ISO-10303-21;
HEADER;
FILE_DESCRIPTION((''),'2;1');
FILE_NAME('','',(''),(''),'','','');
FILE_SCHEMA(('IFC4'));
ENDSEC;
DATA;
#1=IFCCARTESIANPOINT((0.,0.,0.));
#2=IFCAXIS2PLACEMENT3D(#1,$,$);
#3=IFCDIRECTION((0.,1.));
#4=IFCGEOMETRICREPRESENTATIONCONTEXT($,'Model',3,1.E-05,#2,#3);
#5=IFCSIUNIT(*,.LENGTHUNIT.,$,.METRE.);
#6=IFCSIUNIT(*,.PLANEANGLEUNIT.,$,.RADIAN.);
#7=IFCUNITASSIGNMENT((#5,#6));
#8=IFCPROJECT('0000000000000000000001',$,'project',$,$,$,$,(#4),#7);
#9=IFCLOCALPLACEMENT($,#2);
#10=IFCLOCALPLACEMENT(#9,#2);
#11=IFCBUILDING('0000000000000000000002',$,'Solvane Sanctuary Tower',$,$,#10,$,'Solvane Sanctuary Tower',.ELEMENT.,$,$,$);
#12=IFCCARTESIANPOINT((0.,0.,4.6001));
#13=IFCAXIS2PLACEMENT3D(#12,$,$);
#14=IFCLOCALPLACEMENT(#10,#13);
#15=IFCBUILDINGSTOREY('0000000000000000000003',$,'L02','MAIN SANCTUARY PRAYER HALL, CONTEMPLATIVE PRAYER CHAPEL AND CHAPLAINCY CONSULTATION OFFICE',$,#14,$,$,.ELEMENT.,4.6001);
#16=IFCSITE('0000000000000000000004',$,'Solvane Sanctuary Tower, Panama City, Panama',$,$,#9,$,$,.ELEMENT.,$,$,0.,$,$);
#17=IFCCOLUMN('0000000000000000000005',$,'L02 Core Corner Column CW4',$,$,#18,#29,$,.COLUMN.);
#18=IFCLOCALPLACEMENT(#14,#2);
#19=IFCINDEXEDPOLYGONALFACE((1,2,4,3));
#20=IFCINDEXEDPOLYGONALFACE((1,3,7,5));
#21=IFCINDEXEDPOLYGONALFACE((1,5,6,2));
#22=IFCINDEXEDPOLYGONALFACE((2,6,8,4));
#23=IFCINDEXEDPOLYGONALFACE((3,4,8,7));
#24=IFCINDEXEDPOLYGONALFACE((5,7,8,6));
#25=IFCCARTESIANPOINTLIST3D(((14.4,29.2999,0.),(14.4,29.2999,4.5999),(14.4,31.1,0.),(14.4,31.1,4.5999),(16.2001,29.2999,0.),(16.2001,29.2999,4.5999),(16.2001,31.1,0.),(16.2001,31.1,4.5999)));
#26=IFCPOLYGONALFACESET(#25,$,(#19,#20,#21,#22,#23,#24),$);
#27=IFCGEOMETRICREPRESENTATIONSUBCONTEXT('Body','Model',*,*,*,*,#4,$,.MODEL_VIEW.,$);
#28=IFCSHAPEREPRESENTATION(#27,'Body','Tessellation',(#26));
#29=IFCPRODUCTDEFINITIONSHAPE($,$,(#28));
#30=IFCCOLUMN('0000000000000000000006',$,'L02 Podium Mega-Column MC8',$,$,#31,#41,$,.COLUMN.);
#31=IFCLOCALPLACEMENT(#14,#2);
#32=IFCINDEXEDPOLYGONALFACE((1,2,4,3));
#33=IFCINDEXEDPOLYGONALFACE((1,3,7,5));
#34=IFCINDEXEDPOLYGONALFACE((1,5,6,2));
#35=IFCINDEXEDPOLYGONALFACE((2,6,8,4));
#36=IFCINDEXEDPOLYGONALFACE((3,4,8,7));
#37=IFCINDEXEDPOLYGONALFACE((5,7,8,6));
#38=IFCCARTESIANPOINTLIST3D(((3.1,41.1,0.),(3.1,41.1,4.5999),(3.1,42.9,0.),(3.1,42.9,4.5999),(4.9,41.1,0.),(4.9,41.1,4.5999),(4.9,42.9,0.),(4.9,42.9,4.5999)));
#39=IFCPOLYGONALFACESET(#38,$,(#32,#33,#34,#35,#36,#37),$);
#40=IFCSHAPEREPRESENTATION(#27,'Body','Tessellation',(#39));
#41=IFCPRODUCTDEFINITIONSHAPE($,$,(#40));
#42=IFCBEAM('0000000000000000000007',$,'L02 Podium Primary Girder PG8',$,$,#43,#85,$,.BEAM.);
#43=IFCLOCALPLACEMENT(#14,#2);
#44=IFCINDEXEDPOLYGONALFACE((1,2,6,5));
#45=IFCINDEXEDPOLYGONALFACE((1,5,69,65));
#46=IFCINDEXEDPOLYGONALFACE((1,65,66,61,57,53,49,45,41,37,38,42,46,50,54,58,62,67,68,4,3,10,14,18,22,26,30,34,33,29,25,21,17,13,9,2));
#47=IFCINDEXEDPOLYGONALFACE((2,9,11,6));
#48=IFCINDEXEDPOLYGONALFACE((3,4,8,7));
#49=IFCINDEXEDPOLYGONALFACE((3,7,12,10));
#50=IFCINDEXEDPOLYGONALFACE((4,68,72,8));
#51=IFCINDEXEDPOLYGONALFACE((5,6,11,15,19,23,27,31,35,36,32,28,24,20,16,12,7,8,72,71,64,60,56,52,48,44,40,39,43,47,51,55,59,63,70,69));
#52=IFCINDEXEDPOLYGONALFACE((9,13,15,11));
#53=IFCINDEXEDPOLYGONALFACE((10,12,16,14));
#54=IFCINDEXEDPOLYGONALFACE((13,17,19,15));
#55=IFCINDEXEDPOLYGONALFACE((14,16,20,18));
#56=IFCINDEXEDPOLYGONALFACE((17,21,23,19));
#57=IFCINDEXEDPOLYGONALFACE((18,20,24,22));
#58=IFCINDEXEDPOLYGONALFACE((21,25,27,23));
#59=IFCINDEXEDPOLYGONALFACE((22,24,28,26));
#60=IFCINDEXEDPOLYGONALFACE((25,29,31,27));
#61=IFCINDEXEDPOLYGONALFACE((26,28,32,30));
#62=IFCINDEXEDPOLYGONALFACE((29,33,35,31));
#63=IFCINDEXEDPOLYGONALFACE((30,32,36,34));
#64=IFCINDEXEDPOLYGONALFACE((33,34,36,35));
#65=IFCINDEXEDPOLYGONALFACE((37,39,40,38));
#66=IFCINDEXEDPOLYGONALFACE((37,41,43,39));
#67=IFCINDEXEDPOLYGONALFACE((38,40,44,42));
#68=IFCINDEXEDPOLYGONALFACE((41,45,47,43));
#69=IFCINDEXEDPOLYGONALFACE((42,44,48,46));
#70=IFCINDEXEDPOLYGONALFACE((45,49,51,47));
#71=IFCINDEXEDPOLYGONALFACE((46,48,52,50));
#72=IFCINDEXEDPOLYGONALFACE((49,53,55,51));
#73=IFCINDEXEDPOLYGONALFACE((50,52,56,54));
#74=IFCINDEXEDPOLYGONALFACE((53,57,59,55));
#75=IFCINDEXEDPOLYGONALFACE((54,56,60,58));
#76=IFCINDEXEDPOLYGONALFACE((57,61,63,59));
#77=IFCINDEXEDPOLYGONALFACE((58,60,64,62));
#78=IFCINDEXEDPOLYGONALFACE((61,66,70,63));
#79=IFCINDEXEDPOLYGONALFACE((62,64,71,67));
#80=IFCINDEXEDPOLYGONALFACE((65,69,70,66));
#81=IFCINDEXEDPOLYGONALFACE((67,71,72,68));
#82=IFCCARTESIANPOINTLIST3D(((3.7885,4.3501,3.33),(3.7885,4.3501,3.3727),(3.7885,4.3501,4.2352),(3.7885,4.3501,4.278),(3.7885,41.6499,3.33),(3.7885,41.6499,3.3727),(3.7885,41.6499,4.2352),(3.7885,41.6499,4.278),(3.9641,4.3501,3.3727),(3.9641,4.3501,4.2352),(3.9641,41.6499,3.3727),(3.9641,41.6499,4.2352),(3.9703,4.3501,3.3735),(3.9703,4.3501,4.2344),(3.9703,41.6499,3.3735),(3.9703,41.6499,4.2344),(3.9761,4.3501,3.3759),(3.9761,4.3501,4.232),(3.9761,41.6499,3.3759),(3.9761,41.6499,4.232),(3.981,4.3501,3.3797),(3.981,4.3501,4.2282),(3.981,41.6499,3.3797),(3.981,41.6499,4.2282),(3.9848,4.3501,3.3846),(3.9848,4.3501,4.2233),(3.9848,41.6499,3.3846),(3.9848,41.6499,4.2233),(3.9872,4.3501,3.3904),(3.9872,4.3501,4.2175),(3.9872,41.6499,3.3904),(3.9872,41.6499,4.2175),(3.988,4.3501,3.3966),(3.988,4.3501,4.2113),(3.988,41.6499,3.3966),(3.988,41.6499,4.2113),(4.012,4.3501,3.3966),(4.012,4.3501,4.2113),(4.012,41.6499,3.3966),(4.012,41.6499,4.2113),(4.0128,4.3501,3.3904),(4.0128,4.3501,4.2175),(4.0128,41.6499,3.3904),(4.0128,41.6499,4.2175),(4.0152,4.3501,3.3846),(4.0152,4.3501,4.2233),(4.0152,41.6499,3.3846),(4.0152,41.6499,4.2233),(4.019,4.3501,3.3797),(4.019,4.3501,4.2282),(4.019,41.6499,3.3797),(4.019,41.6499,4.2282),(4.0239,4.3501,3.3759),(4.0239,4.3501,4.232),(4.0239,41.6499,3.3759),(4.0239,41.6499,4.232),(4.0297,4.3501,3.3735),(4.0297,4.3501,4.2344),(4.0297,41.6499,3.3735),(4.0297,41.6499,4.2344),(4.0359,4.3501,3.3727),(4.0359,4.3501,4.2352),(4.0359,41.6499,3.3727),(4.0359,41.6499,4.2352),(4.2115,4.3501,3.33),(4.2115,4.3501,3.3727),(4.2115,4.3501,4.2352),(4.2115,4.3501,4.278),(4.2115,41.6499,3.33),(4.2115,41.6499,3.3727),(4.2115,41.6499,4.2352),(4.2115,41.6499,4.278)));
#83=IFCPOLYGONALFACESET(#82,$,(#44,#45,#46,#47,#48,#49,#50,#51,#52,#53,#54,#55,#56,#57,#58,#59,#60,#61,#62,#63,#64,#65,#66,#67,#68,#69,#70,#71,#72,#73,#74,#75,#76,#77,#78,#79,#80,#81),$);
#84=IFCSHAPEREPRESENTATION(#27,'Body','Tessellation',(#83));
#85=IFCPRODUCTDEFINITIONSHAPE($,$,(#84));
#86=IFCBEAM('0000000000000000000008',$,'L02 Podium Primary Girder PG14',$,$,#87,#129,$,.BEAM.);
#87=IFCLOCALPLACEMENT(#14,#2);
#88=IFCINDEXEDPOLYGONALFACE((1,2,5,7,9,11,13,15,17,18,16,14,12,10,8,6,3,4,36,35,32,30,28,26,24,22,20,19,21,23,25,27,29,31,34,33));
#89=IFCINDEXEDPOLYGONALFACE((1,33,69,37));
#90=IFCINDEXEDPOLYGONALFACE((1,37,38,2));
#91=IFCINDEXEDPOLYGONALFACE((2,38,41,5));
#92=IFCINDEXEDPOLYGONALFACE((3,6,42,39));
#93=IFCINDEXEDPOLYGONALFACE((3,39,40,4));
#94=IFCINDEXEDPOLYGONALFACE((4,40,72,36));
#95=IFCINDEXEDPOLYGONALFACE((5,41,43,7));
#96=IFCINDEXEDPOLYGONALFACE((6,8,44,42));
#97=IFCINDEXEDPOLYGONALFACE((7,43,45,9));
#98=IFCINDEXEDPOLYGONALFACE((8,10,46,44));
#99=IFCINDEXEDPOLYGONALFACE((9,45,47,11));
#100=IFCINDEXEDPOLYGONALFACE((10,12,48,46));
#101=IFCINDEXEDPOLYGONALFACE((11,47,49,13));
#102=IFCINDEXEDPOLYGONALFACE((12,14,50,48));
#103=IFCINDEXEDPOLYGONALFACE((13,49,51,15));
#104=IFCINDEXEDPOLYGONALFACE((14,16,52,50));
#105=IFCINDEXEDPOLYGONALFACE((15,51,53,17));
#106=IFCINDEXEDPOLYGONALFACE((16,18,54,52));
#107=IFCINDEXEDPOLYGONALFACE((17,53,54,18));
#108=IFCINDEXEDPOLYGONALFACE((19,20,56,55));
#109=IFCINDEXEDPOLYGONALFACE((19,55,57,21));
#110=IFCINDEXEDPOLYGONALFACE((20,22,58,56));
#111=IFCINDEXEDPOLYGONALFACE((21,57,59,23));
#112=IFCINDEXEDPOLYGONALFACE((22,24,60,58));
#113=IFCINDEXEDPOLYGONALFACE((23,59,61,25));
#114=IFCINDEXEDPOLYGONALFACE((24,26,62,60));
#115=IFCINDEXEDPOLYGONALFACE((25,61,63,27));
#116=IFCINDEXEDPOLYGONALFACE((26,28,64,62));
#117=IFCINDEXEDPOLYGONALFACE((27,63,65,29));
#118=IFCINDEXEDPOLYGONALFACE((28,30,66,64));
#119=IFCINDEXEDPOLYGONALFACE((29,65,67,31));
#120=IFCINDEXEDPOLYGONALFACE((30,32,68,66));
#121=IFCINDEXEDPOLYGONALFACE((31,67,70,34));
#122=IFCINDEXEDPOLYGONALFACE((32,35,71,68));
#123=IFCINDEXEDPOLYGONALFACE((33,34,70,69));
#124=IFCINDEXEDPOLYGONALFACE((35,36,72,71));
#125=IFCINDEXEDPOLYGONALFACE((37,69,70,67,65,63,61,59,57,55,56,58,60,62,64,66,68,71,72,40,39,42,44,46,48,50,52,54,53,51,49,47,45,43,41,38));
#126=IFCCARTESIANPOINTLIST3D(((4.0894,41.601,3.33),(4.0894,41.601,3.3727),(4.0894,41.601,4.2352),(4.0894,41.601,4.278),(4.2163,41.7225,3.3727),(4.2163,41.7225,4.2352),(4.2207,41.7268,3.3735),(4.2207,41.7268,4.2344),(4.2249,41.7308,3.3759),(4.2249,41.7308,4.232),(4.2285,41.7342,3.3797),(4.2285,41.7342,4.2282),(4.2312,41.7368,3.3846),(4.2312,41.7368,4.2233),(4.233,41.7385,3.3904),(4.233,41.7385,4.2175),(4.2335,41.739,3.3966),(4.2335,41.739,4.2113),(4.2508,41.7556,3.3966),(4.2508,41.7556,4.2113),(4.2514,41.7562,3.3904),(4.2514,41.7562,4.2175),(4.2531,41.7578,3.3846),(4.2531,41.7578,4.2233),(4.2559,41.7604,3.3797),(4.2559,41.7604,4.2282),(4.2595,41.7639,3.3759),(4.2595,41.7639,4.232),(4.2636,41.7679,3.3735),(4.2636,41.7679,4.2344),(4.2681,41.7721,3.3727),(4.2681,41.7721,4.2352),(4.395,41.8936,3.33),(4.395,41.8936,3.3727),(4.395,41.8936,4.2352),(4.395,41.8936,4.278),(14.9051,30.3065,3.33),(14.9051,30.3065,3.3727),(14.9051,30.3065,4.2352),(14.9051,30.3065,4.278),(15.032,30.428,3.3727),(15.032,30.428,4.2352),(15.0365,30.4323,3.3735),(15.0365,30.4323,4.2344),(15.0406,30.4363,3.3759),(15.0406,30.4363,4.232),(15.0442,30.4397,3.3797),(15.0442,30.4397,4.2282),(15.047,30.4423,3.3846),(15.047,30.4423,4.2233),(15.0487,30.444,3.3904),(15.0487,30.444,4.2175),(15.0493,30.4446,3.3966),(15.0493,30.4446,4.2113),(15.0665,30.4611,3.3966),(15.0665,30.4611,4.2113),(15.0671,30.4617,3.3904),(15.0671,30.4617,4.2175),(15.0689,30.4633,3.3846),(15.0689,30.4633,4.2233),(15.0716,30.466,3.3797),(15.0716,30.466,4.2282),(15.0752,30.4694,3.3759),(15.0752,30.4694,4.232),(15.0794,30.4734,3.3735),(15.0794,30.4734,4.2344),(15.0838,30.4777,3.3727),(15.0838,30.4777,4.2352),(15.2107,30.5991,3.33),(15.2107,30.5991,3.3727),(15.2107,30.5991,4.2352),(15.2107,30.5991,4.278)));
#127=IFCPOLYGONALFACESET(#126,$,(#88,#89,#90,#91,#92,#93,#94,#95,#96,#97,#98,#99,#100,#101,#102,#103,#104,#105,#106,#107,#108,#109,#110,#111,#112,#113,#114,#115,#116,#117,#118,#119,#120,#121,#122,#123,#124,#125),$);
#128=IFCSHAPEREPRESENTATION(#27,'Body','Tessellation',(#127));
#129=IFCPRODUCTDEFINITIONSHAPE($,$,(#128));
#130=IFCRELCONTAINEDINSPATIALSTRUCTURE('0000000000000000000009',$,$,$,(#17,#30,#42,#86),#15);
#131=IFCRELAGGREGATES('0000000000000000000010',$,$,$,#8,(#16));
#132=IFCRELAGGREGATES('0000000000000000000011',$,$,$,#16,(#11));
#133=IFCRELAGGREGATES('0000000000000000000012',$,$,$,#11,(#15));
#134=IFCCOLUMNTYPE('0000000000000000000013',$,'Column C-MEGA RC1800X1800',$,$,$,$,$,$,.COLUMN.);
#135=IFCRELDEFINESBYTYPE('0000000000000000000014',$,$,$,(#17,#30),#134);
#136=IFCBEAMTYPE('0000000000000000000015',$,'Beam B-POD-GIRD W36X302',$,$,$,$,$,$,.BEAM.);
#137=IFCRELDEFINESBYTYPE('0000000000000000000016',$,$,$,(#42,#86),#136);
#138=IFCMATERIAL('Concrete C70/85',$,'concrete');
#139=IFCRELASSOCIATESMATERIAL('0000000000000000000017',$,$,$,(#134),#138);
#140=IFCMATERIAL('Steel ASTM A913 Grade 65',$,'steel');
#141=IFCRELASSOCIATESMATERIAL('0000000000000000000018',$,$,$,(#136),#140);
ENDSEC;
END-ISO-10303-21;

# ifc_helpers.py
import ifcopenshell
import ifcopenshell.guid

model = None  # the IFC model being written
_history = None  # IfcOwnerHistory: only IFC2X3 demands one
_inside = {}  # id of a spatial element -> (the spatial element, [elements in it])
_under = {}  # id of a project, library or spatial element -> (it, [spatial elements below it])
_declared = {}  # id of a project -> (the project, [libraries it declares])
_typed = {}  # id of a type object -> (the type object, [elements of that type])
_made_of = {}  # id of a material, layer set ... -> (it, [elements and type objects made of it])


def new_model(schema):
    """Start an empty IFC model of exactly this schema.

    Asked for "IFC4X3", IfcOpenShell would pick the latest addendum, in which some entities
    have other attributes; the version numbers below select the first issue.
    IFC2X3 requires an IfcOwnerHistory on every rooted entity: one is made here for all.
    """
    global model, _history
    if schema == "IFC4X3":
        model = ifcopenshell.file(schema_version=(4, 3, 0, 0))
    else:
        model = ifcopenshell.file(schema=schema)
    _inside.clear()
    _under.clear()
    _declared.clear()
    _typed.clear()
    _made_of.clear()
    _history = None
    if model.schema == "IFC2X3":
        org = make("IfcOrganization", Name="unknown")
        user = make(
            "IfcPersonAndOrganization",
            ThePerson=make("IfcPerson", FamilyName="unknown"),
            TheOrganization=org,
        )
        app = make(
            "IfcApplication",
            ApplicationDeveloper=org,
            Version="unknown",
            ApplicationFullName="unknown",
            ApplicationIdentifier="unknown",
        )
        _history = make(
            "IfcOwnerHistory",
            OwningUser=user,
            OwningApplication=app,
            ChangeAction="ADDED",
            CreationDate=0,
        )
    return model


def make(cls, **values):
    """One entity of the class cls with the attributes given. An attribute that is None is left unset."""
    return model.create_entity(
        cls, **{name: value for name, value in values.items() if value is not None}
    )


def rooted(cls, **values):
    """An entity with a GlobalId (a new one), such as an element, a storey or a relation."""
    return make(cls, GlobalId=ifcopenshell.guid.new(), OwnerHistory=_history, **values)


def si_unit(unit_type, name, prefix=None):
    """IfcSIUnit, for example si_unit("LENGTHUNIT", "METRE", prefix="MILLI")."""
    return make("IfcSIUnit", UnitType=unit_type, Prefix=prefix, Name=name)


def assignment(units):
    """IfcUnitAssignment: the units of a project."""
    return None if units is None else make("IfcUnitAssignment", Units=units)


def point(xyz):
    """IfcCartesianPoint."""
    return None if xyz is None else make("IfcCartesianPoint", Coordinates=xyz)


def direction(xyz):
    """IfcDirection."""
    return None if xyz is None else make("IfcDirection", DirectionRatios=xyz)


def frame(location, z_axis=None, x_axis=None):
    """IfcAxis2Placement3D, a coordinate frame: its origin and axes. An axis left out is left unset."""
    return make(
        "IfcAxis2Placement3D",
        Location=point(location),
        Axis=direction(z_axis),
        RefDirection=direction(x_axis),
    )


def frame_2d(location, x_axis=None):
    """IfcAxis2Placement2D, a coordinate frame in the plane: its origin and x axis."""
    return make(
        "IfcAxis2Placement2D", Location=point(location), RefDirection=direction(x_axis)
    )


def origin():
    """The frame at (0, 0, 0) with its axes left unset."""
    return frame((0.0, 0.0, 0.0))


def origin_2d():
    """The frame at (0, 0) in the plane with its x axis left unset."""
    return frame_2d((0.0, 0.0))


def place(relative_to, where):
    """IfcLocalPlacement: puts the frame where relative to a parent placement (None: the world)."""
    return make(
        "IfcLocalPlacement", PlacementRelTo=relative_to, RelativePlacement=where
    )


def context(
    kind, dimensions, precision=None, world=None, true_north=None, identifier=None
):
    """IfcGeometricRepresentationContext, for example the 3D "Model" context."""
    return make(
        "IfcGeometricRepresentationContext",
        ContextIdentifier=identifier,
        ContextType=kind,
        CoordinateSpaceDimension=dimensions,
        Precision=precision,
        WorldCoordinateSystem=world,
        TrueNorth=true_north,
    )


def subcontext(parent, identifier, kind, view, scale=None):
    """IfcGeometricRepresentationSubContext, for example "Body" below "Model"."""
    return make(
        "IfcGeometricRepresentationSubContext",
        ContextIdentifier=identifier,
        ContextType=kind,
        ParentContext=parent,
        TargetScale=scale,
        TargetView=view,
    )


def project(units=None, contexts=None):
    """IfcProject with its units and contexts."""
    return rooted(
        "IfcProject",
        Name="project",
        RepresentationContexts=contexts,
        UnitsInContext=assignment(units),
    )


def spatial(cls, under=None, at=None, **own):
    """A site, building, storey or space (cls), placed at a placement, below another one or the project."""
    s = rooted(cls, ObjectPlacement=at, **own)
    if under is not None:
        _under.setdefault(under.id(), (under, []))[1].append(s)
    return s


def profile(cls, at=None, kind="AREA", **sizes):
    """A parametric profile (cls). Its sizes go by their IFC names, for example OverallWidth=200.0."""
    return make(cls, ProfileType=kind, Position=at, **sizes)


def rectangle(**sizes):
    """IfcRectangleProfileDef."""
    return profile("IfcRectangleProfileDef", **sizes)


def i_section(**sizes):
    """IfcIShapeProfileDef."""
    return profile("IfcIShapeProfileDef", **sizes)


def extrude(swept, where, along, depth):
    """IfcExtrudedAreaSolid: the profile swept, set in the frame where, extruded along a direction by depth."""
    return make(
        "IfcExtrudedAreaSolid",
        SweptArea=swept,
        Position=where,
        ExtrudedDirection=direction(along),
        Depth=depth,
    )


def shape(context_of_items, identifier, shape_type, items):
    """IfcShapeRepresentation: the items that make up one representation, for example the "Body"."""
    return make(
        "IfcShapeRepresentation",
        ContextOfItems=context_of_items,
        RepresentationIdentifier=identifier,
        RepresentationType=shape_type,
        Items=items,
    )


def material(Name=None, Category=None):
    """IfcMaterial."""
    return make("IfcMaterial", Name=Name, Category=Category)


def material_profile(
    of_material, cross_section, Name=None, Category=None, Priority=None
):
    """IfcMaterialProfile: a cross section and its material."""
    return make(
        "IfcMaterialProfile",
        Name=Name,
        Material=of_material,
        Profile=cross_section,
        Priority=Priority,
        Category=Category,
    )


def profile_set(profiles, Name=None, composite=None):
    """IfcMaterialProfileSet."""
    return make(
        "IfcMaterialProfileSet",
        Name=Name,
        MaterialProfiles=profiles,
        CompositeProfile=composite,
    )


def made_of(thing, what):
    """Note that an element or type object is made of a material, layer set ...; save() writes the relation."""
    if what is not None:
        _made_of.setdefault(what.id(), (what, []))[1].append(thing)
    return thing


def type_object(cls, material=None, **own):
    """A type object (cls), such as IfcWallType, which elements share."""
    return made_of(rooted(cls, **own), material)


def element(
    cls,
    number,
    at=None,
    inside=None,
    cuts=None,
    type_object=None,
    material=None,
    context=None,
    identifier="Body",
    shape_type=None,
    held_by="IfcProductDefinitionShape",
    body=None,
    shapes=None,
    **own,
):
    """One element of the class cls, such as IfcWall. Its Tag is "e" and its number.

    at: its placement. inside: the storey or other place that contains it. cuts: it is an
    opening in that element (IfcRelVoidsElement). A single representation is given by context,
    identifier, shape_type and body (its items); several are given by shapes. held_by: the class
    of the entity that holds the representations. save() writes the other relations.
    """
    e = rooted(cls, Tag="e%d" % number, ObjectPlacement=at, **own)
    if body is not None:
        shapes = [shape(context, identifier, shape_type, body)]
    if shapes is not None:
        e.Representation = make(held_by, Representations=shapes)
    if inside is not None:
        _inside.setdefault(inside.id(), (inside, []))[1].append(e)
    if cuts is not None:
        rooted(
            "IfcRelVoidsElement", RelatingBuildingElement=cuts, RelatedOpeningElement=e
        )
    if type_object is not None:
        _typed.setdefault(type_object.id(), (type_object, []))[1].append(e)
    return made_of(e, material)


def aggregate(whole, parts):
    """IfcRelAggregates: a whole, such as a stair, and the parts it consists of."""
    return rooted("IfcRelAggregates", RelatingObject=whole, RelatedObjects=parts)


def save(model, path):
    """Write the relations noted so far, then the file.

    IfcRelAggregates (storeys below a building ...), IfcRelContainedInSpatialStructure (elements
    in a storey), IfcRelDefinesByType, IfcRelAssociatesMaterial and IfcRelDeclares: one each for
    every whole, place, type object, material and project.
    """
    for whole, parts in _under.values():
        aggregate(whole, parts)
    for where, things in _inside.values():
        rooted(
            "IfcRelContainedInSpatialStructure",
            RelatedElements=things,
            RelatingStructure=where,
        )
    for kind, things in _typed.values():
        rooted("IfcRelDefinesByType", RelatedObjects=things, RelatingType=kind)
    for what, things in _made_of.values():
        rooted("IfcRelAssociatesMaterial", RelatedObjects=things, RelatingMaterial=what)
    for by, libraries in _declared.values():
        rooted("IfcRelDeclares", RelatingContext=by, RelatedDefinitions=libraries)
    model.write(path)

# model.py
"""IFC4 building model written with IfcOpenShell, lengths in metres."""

from ifc_helpers import new_model, si_unit, direction, frame, origin, origin_2d, place, context, subcontext, project, spatial, rectangle, i_section, extrude, material, material_profile, profile_set, type_object, element, save


model = new_model("IFC4")

# Units and contexts
model_context = context("Model", 3, precision=1e-05, world=origin(), true_north=direction((0.0, 1.0)))
body_context = subcontext(model_context, "Body", "Model", "MODEL_VIEW")
ifc_project = project(units=[si_unit("LENGTHUNIT", "METRE"), si_unit("PLANEANGLEUNIT", "RADIAN")], contexts=[model_context])

# Site, building, storey
site_placement = place(None, origin())
site = spatial("IfcSite", under=ifc_project, at=site_placement, Name="Solvane Sanctuary Tower, Panama City, Panama", CompositionType="ELEMENT", RefElevation=0.0)
building_placement = place(site_placement, origin())
building = spatial("IfcBuilding", under=site, at=building_placement, Name="Solvane Sanctuary Tower", LongName="Solvane Sanctuary Tower", CompositionType="ELEMENT")
storey_placement = place(building_placement, frame((0.0, 0.0, 4.6001)))
storey = spatial("IfcBuildingStorey", under=building, at=storey_placement, Name="L02", Description="MAIN SANCTUARY PRAYER HALL, CONTEMPLATIVE PRAYER CHAPEL AND CHAPLAINCY CONSULTATION OFFICE", CompositionType="ELEMENT", Elevation=4.6001)

# Columns
ifc_material_1 = material(Name="Concrete C70/85", Category="concrete")
ifc_material_profile_1 = material_profile(ifc_material_1, rectangle(XDim=1.8, YDim=1.8, at=origin_2d()), Name="RC1800X1800")
ifc_profile_set_1 = profile_set([ifc_material_profile_1], Name="Concrete C70/85")
column_type = type_object("IfcColumnType", Name="Column C-MEGA RC1800X1800", PredefinedType="COLUMN", material=ifc_profile_set_1)
for number, where, z_axis, x_axis, name in (
    (1, (15.3, 30.2, 0.0), (0.0, 0.0, 1.0), (1.0, 0.0, 0.0), "L02 Core Corner Column CW4"),
    (2, (4.0, 42.0, 0.0), (0.0, 0.0, 1.0), (1.0, 0.0, 0.0), "L02 Podium Mega-Column MC8"),
):
    element("IfcColumn", number, at=place(storey_placement, frame(where, z_axis=z_axis, x_axis=x_axis)), inside=storey, type_object=column_type, Name=name, PredefinedType="COLUMN", context=body_context, shape_type="SweptSolid", body=[
        extrude(rectangle(XDim=1.8, YDim=1.8, at=origin_2d()), origin(), (0.0, 0.0, 1.0), 4.5999),
    ])

# Beams
ifc_material_2 = material(Name="Steel ASTM A913 Grade 65", Category="steel")
ifc_material_profile_2 = material_profile(ifc_material_2, i_section(OverallWidth=0.4231, OverallDepth=0.948, WebThickness=0.0239, FlangeThickness=0.0427, FilletRadius=0.0239, at=origin_2d()), Name="W36X302")
ifc_profile_set_2 = profile_set([ifc_material_profile_2], Name="Steel ASTM A913 Grade 65")
beam_type = type_object("IfcBeamType", Name="Beam B-POD-GIRD W36X302", PredefinedType="BEAM", material=ifc_profile_set_2)
beam_1_placement = place(storey_placement, frame((4.0, 41.6499, 3.804), z_axis=(0.0, -1.0, 0.0), x_axis=(1.0, 0.0, 0.0)))
element("IfcBeam", 3, at=beam_1_placement, inside=storey, type_object=beam_type, Name="L02 Podium Primary Girder PG8", PredefinedType="BEAM", context=body_context, shape_type="SweptSolid", body=[
    extrude(i_section(OverallWidth=0.4231, OverallDepth=0.948, WebThickness=0.0239, FlangeThickness=0.0427, FilletRadius=0.0239, at=origin_2d()), origin(), (0.0, 0.0, 1.0), 37.2998),
])
beam_2_placement = place(storey_placement, frame((4.2422, 41.7473, 3.804), z_axis=(0.691633, -0.722249, 0.0), x_axis=(0.722249, 0.691633, 0.0)))
element("IfcBeam", 4, at=beam_2_placement, inside=storey, type_object=beam_type, Name="L02 Podium Primary Girder PG14", PredefinedType="BEAM", context=body_context, shape_type="SweptSolid", body=[
    extrude(i_section(OverallWidth=0.4231, OverallDepth=0.948, WebThickness=0.0239, FlangeThickness=0.0427, FilletRadius=0.0239, at=origin_2d()), origin(), (0.0, 0.0, 1.0), 15.6379),
])

save(model, "model.ifc")
